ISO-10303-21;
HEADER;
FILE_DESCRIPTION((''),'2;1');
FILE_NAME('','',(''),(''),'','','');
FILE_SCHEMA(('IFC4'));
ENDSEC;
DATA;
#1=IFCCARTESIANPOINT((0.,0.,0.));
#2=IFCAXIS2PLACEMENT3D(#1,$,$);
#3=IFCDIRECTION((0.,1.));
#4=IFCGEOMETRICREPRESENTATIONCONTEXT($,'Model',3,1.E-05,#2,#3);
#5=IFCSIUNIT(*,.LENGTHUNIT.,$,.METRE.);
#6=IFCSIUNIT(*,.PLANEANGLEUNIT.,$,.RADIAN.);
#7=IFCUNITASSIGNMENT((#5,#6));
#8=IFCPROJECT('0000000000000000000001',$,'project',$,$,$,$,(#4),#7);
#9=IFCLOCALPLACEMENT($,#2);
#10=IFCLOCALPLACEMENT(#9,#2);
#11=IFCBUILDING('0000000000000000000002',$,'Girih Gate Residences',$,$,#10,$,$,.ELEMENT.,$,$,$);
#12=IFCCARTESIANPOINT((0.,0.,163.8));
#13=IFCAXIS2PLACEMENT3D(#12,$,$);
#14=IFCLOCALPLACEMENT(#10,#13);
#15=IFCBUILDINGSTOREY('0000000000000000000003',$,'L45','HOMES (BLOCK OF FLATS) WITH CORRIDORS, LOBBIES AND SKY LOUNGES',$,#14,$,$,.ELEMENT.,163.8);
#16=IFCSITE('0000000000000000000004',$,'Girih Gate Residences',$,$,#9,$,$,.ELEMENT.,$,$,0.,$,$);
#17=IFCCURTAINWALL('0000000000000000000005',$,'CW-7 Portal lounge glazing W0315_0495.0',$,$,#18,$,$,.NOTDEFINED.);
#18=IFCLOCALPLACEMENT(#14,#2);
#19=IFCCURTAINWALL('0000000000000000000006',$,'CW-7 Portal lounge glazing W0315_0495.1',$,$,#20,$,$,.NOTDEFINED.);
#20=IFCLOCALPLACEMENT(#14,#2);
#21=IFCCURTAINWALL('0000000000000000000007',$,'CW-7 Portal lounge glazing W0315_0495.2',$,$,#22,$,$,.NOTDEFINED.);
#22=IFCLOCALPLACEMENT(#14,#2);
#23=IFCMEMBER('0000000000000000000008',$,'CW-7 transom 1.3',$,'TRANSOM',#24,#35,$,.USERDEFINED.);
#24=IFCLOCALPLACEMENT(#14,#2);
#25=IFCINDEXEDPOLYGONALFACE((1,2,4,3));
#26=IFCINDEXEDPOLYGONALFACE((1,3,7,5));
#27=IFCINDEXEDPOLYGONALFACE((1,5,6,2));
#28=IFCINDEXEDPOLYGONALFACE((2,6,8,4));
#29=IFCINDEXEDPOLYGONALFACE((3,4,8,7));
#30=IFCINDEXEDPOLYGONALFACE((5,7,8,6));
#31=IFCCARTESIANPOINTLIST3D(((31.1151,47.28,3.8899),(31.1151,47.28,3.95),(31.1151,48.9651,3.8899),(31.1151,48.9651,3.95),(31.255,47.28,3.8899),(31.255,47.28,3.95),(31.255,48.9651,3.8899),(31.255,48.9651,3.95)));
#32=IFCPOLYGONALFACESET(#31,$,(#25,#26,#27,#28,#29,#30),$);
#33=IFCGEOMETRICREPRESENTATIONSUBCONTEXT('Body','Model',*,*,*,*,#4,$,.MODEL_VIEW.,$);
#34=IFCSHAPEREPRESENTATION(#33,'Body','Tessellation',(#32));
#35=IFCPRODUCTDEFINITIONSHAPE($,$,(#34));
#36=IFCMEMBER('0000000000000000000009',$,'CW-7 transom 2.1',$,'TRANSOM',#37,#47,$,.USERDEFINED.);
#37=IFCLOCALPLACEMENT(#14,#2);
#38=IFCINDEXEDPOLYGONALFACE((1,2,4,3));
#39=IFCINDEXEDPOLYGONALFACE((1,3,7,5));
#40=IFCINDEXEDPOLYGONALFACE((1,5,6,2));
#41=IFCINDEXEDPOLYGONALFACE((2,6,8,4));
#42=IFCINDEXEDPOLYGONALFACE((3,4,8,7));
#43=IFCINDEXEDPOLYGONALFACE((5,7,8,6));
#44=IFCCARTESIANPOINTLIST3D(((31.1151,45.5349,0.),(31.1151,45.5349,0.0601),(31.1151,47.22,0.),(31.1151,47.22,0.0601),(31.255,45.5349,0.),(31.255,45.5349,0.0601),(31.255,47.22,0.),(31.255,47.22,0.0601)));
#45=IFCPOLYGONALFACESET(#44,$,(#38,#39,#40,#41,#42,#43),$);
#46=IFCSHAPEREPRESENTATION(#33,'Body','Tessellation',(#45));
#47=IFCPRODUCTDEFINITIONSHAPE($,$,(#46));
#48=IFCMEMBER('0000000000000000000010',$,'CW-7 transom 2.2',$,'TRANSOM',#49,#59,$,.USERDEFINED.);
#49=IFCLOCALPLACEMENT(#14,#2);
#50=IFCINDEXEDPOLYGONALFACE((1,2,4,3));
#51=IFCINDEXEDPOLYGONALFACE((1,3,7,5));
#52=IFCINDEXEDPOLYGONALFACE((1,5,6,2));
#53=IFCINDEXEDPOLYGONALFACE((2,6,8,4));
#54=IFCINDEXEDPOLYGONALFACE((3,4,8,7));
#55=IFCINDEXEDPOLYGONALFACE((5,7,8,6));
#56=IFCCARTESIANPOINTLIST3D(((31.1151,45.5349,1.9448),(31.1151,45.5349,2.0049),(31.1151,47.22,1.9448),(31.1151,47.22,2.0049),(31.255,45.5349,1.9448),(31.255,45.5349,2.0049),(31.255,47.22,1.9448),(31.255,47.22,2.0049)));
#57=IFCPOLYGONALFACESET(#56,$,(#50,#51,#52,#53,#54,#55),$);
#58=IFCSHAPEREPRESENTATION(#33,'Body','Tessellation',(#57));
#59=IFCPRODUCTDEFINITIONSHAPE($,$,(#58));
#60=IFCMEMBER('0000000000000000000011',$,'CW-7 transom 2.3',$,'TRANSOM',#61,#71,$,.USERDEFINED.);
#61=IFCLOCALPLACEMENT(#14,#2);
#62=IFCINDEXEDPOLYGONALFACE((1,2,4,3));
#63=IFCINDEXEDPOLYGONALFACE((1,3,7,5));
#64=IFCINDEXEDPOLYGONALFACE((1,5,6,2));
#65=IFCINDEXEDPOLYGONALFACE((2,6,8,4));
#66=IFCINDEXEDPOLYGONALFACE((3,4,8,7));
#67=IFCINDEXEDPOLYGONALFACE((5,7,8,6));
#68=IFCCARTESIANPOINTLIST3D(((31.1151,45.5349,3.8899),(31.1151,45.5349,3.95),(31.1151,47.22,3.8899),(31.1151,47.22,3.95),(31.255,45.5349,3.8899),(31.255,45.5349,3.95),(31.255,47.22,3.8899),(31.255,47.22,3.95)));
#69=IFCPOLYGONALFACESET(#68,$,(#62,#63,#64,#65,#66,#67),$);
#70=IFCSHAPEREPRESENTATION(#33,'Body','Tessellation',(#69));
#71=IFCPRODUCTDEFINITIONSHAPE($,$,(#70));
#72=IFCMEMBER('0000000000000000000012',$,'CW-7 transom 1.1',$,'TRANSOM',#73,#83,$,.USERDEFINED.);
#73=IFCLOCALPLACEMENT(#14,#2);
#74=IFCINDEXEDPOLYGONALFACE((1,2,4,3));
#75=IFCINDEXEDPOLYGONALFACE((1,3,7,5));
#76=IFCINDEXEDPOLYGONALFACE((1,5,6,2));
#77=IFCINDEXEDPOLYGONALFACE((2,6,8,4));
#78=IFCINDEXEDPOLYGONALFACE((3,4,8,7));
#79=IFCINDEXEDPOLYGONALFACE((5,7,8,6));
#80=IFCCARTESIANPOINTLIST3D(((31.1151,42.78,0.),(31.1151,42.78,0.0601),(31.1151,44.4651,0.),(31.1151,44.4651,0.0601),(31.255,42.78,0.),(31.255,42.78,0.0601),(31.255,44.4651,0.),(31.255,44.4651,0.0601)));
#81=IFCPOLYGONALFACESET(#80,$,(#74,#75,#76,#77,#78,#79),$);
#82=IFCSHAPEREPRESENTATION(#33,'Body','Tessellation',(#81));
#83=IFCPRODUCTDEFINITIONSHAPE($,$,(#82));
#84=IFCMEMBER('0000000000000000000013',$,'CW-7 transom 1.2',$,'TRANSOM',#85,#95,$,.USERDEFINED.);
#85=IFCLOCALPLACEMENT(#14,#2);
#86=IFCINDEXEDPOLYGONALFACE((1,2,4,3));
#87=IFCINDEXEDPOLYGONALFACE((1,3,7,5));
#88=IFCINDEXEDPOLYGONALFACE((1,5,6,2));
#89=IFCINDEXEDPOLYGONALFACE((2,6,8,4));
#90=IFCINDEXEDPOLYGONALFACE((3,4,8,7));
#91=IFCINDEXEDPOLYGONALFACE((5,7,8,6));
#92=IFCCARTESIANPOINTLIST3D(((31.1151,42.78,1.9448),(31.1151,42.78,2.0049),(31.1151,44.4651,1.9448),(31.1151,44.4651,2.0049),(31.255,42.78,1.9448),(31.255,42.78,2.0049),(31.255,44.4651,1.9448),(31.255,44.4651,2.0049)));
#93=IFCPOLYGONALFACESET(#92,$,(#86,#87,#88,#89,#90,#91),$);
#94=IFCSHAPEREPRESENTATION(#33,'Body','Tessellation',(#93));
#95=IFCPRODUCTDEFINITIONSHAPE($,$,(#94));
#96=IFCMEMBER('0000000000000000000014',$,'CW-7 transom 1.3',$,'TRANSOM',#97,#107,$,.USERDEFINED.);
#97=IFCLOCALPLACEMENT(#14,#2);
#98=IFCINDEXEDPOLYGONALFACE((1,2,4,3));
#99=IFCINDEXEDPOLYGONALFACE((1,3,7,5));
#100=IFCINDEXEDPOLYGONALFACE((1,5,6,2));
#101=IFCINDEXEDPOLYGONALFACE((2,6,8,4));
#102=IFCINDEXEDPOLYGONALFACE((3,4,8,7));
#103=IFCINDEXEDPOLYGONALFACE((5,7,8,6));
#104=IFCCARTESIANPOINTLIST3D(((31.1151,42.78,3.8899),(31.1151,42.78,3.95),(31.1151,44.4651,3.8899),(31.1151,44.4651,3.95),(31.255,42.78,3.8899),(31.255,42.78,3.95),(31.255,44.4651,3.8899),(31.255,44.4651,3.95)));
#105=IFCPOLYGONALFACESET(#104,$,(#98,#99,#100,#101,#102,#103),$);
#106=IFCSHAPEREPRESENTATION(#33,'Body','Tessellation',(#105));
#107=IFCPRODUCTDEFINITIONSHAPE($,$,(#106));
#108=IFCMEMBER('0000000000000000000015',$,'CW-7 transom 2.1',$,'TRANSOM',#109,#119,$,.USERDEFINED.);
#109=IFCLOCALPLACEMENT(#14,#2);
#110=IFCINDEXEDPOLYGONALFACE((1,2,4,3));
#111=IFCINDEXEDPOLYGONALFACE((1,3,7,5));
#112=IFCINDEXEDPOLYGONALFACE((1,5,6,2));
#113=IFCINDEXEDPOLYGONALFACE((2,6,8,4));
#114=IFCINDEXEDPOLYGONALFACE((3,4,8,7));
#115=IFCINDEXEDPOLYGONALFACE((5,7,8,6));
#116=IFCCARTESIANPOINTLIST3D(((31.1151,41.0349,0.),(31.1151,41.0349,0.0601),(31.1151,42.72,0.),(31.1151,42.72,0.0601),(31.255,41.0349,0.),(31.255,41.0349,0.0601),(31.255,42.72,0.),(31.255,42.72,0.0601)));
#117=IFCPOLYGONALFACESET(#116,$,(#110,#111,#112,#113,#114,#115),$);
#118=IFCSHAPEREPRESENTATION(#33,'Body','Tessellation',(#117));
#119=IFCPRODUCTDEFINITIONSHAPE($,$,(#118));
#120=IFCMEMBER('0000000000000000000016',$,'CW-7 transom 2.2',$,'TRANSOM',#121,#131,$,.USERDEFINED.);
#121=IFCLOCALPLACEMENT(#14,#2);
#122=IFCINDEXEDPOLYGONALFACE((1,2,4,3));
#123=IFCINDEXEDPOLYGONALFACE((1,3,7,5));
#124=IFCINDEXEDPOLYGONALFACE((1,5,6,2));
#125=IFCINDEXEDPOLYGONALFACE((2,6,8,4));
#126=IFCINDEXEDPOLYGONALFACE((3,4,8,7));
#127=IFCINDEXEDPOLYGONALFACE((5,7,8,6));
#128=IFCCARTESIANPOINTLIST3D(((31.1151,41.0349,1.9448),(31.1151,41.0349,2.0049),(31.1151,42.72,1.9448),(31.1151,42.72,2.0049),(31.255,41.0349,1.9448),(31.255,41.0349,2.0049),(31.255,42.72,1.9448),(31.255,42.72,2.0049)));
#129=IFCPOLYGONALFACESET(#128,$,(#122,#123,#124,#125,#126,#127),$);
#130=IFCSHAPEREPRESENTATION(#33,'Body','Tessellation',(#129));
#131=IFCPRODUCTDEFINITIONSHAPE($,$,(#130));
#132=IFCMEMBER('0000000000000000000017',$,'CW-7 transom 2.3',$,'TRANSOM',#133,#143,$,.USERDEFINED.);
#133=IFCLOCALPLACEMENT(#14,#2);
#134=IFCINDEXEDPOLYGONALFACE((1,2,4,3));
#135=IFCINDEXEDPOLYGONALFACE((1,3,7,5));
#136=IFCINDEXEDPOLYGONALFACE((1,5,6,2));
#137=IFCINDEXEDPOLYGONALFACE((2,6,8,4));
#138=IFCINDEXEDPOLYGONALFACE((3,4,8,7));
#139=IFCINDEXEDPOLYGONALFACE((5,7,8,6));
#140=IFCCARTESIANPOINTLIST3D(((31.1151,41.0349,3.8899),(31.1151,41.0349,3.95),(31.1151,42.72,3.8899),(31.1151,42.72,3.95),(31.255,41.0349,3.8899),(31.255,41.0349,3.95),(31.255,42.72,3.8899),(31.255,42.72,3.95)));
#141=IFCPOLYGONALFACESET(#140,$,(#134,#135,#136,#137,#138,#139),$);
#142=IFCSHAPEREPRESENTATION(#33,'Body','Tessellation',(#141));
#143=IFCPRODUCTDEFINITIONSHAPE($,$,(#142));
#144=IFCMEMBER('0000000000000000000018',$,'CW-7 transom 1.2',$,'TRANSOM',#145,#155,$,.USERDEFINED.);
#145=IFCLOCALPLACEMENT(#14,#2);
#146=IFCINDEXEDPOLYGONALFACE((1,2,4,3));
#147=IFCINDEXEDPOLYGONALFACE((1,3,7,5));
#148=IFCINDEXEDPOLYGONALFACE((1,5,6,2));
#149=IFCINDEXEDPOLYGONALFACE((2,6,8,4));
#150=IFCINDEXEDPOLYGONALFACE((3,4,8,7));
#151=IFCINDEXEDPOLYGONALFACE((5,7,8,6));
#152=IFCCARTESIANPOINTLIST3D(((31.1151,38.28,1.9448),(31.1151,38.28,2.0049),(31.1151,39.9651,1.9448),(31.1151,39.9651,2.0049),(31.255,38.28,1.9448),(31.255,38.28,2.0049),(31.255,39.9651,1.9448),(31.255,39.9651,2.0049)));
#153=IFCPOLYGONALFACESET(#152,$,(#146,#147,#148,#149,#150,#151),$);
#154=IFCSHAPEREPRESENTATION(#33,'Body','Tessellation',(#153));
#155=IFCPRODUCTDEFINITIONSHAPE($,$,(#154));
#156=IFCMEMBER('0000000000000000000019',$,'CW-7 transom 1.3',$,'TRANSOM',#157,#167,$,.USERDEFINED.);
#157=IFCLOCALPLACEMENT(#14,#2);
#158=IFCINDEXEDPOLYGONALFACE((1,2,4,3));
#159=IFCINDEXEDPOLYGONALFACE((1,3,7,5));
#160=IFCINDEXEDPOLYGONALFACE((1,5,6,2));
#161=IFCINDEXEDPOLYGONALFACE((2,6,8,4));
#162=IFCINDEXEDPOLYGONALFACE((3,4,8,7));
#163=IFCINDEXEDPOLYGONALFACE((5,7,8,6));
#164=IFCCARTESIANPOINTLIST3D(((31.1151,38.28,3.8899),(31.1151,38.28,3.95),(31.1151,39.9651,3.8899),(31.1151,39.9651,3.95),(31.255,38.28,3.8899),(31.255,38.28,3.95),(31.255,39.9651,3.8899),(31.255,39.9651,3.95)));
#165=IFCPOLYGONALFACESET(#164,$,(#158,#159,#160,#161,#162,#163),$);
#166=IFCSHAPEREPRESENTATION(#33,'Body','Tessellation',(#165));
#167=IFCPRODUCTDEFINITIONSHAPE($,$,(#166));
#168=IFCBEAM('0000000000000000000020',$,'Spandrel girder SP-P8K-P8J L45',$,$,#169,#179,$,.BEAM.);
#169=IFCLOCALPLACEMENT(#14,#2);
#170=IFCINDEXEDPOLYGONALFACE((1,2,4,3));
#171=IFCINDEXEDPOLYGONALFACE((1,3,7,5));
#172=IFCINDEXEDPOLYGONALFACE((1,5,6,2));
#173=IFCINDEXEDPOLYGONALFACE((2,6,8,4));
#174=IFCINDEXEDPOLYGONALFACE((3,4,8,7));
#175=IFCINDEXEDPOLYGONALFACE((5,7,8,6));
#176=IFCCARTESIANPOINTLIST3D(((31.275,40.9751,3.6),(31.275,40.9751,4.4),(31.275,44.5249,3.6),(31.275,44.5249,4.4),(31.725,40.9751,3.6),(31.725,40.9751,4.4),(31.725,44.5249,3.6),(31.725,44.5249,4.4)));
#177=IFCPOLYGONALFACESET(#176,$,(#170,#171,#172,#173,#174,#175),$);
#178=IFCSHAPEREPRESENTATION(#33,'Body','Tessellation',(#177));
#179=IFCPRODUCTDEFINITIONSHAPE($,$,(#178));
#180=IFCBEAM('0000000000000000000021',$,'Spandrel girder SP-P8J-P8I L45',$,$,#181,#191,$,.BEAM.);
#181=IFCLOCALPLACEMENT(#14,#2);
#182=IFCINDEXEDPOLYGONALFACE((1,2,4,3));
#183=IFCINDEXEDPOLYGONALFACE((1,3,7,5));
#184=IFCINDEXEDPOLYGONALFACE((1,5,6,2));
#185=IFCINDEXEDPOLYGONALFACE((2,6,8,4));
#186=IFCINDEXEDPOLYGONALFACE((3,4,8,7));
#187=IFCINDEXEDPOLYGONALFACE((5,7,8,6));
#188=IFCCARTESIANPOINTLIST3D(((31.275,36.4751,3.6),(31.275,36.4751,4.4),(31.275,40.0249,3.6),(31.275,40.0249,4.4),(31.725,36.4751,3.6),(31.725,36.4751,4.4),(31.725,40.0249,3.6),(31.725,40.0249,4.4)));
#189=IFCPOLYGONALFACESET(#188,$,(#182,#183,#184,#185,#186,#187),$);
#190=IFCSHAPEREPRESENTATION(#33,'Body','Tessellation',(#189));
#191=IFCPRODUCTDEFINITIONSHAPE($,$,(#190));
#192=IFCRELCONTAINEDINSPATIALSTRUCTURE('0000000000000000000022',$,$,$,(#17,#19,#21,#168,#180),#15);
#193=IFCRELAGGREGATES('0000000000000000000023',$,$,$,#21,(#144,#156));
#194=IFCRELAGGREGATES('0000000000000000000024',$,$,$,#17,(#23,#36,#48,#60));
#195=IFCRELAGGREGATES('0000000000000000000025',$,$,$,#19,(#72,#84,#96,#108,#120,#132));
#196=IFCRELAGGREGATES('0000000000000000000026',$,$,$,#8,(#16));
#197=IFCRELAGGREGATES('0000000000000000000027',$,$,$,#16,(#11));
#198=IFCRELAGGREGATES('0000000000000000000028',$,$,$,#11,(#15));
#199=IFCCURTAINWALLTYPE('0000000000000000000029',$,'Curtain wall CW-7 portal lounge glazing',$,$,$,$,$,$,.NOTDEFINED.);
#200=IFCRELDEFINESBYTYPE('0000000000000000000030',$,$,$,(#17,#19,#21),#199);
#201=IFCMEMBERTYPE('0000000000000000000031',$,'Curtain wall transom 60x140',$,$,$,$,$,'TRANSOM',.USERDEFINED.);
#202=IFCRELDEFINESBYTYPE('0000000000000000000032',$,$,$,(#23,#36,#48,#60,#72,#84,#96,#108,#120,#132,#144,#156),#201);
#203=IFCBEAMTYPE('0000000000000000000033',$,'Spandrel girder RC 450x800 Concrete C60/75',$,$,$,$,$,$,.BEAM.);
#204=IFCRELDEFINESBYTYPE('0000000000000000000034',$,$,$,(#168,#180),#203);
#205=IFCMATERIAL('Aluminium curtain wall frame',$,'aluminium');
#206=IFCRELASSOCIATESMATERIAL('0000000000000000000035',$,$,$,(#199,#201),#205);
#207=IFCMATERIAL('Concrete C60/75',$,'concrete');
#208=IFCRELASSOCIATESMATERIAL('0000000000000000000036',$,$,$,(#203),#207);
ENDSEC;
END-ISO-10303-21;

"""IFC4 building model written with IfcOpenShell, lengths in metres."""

from ifc_helpers import new_model, si_unit, direction, frame, origin, origin_2d, place, context, subcontext, project, spatial, rectangle, extrude, material, material_profile, profile_set, type_object, element, aggregate, save


model = new_model("IFC4")

# Units and contexts
model_context = context("Model", 3, precision=1e-05, world=origin(), true_north=direction((0.0, 1.0)))
body_context = subcontext(model_context, "Body", "Model", "MODEL_VIEW")
ifc_project = project(units=[si_unit("LENGTHUNIT", "METRE"), si_unit("PLANEANGLEUNIT", "RADIAN")], contexts=[model_context])

# Site, building, storey
site_placement = place(None, origin())
site = spatial("IfcSite", under=ifc_project, at=site_placement, Name="Girih Gate Residences", CompositionType="ELEMENT", RefElevation=0.0)
building_placement = place(site_placement, origin())
building = spatial("IfcBuilding", under=site, at=building_placement, Name="Girih Gate Residences", CompositionType="ELEMENT")
storey_placement = place(building_placement, frame((0.0, 0.0, 163.8)))
storey = spatial("IfcBuildingStorey", under=building, at=storey_placement, Name="L45", Description="HOMES (BLOCK OF FLATS) WITH CORRIDORS, LOBBIES AND SKY LOUNGES", CompositionType="ELEMENT", Elevation=163.8)

# Curtain walls
ifc_material_1 = material(Name="Aluminium curtain wall frame", Category="aluminium")
curtain_wall_type = type_object("IfcCurtainWallType", Name="Curtain wall CW-7 portal lounge glazing", PredefinedType="NOTDEFINED", material=ifc_material_1)
curtain_wall_1_placement = place(storey_placement, origin())
curtain_wall_1 = element("IfcCurtainWall", 1, at=curtain_wall_1_placement, inside=storey, type_object=curtain_wall_type, Name="CW-7 Portal lounge glazing W0315_0495.0", PredefinedType="NOTDEFINED")
curtain_wall_2_placement = place(storey_placement, origin())
curtain_wall_2 = element("IfcCurtainWall", 2, at=curtain_wall_2_placement, inside=storey, type_object=curtain_wall_type, Name="CW-7 Portal lounge glazing W0315_0495.1", PredefinedType="NOTDEFINED")

# Curtain wall
curtain_wall_3_placement = place(storey_placement, origin())
curtain_wall_3 = element("IfcCurtainWall", 3, at=curtain_wall_3_placement, inside=storey, type_object=curtain_wall_type, Name="CW-7 Portal lounge glazing W0315_0495.2", PredefinedType="NOTDEFINED")

# Shared definitions
ifc_material_profile_1 = material_profile(ifc_material_1, rectangle(XDim=0.1399, YDim=0.0601, at=origin_2d()))
ifc_profile_set_1 = profile_set([ifc_material_profile_1], Name="Aluminium curtain wall frame")
member_type_1 = type_object("IfcMemberType", Name="Curtain wall transom 60x140", ElementType="TRANSOM", PredefinedType="USERDEFINED", material=ifc_profile_set_1)

# Members
member_1_placement = place(storey_placement, frame((31.1851, 48.9651, 3.9199), z_axis=(0.0, -1.0, 0.0), x_axis=(1.0, 0.0, 0.0)))
member_1 = element("IfcMember", 4, at=member_1_placement, type_object=member_type_1, Name="CW-7 transom 1.3", ObjectType="TRANSOM", PredefinedType="USERDEFINED", context=body_context, shape_type="SweptSolid", body=[
    extrude(rectangle(XDim=0.1399, YDim=0.0601, at=origin_2d()), origin(), (0.0, 0.0, 1.0), 1.6851),
])
member_2_placement = place(storey_placement, frame((31.1851, 47.22, 0.03), z_axis=(0.0, -1.0, 0.0), x_axis=(1.0, 0.0, 0.0)))
member_2 = element("IfcMember", 5, at=member_2_placement, type_object=member_type_1, Name="CW-7 transom 2.1", ObjectType="TRANSOM", PredefinedType="USERDEFINED", context=body_context, shape_type="SweptSolid", body=[
    extrude(rectangle(XDim=0.1399, YDim=0.0601, at=origin_2d()), origin(), (0.0, 0.0, 1.0), 1.6851),
])
member_3_placement = place(storey_placement, frame((31.1851, 47.22, 1.9749), z_axis=(0.0, -1.0, 0.0), x_axis=(1.0, 0.0, 0.0)))
member_3 = element("IfcMember", 6, at=member_3_placement, type_object=member_type_1, Name="CW-7 transom 2.2", ObjectType="TRANSOM", PredefinedType="USERDEFINED", context=body_context, shape_type="SweptSolid", body=[
    extrude(rectangle(XDim=0.1399, YDim=0.0601, at=origin_2d()), origin(), (0.0, 0.0, 1.0), 1.6851),
])
member_4_placement = place(storey_placement, frame((31.1851, 47.22, 3.9199), z_axis=(0.0, -1.0, 0.0), x_axis=(1.0, 0.0, 0.0)))
member_4 = element("IfcMember", 7, at=member_4_placement, type_object=member_type_1, Name="CW-7 transom 2.3", ObjectType="TRANSOM", PredefinedType="USERDEFINED", context=body_context, shape_type="SweptSolid", body=[
    extrude(rectangle(XDim=0.1399, YDim=0.0601, at=origin_2d()), origin(), (0.0, 0.0, 1.0), 1.6851),
])
member_5_placement = place(storey_placement, frame((31.1851, 44.4651, 0.03), z_axis=(0.0, -1.0, 0.0), x_axis=(1.0, 0.0, 0.0)))
member_5 = element("IfcMember", 8, at=member_5_placement, type_object=member_type_1, Name="CW-7 transom 1.1", ObjectType="TRANSOM", PredefinedType="USERDEFINED", context=body_context, shape_type="SweptSolid", body=[
    extrude(rectangle(XDim=0.1399, YDim=0.0601, at=origin_2d()), origin(), (0.0, 0.0, 1.0), 1.6851),
])
member_6_placement = place(storey_placement, frame((31.1851, 44.4651, 1.9749), z_axis=(0.0, -1.0, 0.0), x_axis=(1.0, 0.0, 0.0)))
member_6 = element("IfcMember", 9, at=member_6_placement, type_object=member_type_1, Name="CW-7 transom 1.2", ObjectType="TRANSOM", PredefinedType="USERDEFINED", context=body_context, shape_type="SweptSolid", body=[
    extrude(rectangle(XDim=0.1399, YDim=0.0601, at=origin_2d()), origin(), (0.0, 0.0, 1.0), 1.6851),
])
member_7_placement = place(storey_placement, frame((31.1851, 44.4651, 3.9199), z_axis=(0.0, -1.0, 0.0), x_axis=(1.0, 0.0, 0.0)))
member_7 = element("IfcMember", 10, at=member_7_placement, type_object=member_type_1, Name="CW-7 transom 1.3", ObjectType="TRANSOM", PredefinedType="USERDEFINED", context=body_context, shape_type="SweptSolid", body=[
    extrude(rectangle(XDim=0.1399, YDim=0.0601, at=origin_2d()), origin(), (0.0, 0.0, 1.0), 1.6851),
])
member_8_placement = place(storey_placement, frame((31.1851, 42.72, 0.03), z_axis=(0.0, -1.0, 0.0), x_axis=(1.0, 0.0, 0.0)))
member_8 = element("IfcMember", 11, at=member_8_placement, type_object=member_type_1, Name="CW-7 transom 2.1", ObjectType="TRANSOM", PredefinedType="USERDEFINED", context=body_context, shape_type="SweptSolid", body=[
    extrude(rectangle(XDim=0.1399, YDim=0.0601, at=origin_2d()), origin(), (0.0, 0.0, 1.0), 1.6851),
])
member_9_placement = place(storey_placement, frame((31.1851, 42.72, 1.9749), z_axis=(0.0, -1.0, 0.0), x_axis=(1.0, 0.0, 0.0)))
member_9 = element("IfcMember", 12, at=member_9_placement, type_object=member_type_1, Name="CW-7 transom 2.2", ObjectType="TRANSOM", PredefinedType="USERDEFINED", context=body_context, shape_type="SweptSolid", body=[
    extrude(rectangle(XDim=0.1399, YDim=0.0601, at=origin_2d()), origin(), (0.0, 0.0, 1.0), 1.6851),
])
member_10_placement = place(storey_placement, frame((31.1851, 42.72, 3.9199), z_axis=(0.0, -1.0, 0.0), x_axis=(1.0, 0.0, 0.0)))
member_10 = element("IfcMember", 13, at=member_10_placement, type_object=member_type_1, Name="CW-7 transom 2.3", ObjectType="TRANSOM", PredefinedType="USERDEFINED", context=body_context, shape_type="SweptSolid", body=[
    extrude(rectangle(XDim=0.1399, YDim=0.0601, at=origin_2d()), origin(), (0.0, 0.0, 1.0), 1.6851),
])
member_11_placement = place(storey_placement, frame((31.1851, 39.9651, 1.9749), z_axis=(0.0, -1.0, 0.0), x_axis=(1.0, 0.0, 0.0)))
member_11 = element("IfcMember", 14, at=member_11_placement, type_object=member_type_1, Name="CW-7 transom 1.2", ObjectType="TRANSOM", PredefinedType="USERDEFINED", context=body_context, shape_type="SweptSolid", body=[
    extrude(rectangle(XDim=0.1399, YDim=0.0601, at=origin_2d()), origin(), (0.0, 0.0, 1.0), 1.6851),
])
member_12_placement = place(storey_placement, frame((31.1851, 39.9651, 3.9199), z_axis=(0.0, -1.0, 0.0), x_axis=(1.0, 0.0, 0.0)))
member_12 = element("IfcMember", 15, at=member_12_placement, type_object=member_type_1, Name="CW-7 transom 1.3", ObjectType="TRANSOM", PredefinedType="USERDEFINED", context=body_context, shape_type="SweptSolid", body=[
    extrude(rectangle(XDim=0.1399, YDim=0.0601, at=origin_2d()), origin(), (0.0, 0.0, 1.0), 1.6851),
])
aggregate(curtain_wall_3, [member_11, member_12])

# Beams
ifc_material_2 = material(Name="Concrete C60/75", Category="concrete")
ifc_material_profile_2 = material_profile(ifc_material_2, rectangle(XDim=0.45, YDim=0.8, at=origin_2d()))
ifc_profile_set_2 = profile_set([ifc_material_profile_2], Name="Concrete C60/75")
beam_type = type_object("IfcBeamType", Name="Spandrel girder RC 450x800 Concrete C60/75", PredefinedType="BEAM", material=ifc_profile_set_2)
for number, where, z_axis, x_axis, name in (
    (16, (31.5, 44.5249, 4.0), (0.0, -1.0, 0.0), (1.0, 0.0, 0.0), "Spandrel girder SP-P8K-P8J L45"),
    (17, (31.5, 40.0249, 4.0), (0.0, -1.0, 0.0), (1.0, 0.0, 0.0), "Spandrel girder SP-P8J-P8I L45"),
):
    element("IfcBeam", number, at=place(storey_placement, frame(where, z_axis=z_axis, x_axis=x_axis)), inside=storey, type_object=beam_type, Name=name, PredefinedType="BEAM", context=body_context, shape_type="SweptSolid", body=[
        extrude(rectangle(XDim=0.45, YDim=0.8, at=origin_2d()), origin(), (0.0, 0.0, 1.0), 3.5498),
    ])

aggregate(curtain_wall_1, [member_1, member_2, member_3, member_4])
aggregate(curtain_wall_2, [member_5, member_6, member_7, member_8, member_9, member_10])

save(model, "model.ifc")
